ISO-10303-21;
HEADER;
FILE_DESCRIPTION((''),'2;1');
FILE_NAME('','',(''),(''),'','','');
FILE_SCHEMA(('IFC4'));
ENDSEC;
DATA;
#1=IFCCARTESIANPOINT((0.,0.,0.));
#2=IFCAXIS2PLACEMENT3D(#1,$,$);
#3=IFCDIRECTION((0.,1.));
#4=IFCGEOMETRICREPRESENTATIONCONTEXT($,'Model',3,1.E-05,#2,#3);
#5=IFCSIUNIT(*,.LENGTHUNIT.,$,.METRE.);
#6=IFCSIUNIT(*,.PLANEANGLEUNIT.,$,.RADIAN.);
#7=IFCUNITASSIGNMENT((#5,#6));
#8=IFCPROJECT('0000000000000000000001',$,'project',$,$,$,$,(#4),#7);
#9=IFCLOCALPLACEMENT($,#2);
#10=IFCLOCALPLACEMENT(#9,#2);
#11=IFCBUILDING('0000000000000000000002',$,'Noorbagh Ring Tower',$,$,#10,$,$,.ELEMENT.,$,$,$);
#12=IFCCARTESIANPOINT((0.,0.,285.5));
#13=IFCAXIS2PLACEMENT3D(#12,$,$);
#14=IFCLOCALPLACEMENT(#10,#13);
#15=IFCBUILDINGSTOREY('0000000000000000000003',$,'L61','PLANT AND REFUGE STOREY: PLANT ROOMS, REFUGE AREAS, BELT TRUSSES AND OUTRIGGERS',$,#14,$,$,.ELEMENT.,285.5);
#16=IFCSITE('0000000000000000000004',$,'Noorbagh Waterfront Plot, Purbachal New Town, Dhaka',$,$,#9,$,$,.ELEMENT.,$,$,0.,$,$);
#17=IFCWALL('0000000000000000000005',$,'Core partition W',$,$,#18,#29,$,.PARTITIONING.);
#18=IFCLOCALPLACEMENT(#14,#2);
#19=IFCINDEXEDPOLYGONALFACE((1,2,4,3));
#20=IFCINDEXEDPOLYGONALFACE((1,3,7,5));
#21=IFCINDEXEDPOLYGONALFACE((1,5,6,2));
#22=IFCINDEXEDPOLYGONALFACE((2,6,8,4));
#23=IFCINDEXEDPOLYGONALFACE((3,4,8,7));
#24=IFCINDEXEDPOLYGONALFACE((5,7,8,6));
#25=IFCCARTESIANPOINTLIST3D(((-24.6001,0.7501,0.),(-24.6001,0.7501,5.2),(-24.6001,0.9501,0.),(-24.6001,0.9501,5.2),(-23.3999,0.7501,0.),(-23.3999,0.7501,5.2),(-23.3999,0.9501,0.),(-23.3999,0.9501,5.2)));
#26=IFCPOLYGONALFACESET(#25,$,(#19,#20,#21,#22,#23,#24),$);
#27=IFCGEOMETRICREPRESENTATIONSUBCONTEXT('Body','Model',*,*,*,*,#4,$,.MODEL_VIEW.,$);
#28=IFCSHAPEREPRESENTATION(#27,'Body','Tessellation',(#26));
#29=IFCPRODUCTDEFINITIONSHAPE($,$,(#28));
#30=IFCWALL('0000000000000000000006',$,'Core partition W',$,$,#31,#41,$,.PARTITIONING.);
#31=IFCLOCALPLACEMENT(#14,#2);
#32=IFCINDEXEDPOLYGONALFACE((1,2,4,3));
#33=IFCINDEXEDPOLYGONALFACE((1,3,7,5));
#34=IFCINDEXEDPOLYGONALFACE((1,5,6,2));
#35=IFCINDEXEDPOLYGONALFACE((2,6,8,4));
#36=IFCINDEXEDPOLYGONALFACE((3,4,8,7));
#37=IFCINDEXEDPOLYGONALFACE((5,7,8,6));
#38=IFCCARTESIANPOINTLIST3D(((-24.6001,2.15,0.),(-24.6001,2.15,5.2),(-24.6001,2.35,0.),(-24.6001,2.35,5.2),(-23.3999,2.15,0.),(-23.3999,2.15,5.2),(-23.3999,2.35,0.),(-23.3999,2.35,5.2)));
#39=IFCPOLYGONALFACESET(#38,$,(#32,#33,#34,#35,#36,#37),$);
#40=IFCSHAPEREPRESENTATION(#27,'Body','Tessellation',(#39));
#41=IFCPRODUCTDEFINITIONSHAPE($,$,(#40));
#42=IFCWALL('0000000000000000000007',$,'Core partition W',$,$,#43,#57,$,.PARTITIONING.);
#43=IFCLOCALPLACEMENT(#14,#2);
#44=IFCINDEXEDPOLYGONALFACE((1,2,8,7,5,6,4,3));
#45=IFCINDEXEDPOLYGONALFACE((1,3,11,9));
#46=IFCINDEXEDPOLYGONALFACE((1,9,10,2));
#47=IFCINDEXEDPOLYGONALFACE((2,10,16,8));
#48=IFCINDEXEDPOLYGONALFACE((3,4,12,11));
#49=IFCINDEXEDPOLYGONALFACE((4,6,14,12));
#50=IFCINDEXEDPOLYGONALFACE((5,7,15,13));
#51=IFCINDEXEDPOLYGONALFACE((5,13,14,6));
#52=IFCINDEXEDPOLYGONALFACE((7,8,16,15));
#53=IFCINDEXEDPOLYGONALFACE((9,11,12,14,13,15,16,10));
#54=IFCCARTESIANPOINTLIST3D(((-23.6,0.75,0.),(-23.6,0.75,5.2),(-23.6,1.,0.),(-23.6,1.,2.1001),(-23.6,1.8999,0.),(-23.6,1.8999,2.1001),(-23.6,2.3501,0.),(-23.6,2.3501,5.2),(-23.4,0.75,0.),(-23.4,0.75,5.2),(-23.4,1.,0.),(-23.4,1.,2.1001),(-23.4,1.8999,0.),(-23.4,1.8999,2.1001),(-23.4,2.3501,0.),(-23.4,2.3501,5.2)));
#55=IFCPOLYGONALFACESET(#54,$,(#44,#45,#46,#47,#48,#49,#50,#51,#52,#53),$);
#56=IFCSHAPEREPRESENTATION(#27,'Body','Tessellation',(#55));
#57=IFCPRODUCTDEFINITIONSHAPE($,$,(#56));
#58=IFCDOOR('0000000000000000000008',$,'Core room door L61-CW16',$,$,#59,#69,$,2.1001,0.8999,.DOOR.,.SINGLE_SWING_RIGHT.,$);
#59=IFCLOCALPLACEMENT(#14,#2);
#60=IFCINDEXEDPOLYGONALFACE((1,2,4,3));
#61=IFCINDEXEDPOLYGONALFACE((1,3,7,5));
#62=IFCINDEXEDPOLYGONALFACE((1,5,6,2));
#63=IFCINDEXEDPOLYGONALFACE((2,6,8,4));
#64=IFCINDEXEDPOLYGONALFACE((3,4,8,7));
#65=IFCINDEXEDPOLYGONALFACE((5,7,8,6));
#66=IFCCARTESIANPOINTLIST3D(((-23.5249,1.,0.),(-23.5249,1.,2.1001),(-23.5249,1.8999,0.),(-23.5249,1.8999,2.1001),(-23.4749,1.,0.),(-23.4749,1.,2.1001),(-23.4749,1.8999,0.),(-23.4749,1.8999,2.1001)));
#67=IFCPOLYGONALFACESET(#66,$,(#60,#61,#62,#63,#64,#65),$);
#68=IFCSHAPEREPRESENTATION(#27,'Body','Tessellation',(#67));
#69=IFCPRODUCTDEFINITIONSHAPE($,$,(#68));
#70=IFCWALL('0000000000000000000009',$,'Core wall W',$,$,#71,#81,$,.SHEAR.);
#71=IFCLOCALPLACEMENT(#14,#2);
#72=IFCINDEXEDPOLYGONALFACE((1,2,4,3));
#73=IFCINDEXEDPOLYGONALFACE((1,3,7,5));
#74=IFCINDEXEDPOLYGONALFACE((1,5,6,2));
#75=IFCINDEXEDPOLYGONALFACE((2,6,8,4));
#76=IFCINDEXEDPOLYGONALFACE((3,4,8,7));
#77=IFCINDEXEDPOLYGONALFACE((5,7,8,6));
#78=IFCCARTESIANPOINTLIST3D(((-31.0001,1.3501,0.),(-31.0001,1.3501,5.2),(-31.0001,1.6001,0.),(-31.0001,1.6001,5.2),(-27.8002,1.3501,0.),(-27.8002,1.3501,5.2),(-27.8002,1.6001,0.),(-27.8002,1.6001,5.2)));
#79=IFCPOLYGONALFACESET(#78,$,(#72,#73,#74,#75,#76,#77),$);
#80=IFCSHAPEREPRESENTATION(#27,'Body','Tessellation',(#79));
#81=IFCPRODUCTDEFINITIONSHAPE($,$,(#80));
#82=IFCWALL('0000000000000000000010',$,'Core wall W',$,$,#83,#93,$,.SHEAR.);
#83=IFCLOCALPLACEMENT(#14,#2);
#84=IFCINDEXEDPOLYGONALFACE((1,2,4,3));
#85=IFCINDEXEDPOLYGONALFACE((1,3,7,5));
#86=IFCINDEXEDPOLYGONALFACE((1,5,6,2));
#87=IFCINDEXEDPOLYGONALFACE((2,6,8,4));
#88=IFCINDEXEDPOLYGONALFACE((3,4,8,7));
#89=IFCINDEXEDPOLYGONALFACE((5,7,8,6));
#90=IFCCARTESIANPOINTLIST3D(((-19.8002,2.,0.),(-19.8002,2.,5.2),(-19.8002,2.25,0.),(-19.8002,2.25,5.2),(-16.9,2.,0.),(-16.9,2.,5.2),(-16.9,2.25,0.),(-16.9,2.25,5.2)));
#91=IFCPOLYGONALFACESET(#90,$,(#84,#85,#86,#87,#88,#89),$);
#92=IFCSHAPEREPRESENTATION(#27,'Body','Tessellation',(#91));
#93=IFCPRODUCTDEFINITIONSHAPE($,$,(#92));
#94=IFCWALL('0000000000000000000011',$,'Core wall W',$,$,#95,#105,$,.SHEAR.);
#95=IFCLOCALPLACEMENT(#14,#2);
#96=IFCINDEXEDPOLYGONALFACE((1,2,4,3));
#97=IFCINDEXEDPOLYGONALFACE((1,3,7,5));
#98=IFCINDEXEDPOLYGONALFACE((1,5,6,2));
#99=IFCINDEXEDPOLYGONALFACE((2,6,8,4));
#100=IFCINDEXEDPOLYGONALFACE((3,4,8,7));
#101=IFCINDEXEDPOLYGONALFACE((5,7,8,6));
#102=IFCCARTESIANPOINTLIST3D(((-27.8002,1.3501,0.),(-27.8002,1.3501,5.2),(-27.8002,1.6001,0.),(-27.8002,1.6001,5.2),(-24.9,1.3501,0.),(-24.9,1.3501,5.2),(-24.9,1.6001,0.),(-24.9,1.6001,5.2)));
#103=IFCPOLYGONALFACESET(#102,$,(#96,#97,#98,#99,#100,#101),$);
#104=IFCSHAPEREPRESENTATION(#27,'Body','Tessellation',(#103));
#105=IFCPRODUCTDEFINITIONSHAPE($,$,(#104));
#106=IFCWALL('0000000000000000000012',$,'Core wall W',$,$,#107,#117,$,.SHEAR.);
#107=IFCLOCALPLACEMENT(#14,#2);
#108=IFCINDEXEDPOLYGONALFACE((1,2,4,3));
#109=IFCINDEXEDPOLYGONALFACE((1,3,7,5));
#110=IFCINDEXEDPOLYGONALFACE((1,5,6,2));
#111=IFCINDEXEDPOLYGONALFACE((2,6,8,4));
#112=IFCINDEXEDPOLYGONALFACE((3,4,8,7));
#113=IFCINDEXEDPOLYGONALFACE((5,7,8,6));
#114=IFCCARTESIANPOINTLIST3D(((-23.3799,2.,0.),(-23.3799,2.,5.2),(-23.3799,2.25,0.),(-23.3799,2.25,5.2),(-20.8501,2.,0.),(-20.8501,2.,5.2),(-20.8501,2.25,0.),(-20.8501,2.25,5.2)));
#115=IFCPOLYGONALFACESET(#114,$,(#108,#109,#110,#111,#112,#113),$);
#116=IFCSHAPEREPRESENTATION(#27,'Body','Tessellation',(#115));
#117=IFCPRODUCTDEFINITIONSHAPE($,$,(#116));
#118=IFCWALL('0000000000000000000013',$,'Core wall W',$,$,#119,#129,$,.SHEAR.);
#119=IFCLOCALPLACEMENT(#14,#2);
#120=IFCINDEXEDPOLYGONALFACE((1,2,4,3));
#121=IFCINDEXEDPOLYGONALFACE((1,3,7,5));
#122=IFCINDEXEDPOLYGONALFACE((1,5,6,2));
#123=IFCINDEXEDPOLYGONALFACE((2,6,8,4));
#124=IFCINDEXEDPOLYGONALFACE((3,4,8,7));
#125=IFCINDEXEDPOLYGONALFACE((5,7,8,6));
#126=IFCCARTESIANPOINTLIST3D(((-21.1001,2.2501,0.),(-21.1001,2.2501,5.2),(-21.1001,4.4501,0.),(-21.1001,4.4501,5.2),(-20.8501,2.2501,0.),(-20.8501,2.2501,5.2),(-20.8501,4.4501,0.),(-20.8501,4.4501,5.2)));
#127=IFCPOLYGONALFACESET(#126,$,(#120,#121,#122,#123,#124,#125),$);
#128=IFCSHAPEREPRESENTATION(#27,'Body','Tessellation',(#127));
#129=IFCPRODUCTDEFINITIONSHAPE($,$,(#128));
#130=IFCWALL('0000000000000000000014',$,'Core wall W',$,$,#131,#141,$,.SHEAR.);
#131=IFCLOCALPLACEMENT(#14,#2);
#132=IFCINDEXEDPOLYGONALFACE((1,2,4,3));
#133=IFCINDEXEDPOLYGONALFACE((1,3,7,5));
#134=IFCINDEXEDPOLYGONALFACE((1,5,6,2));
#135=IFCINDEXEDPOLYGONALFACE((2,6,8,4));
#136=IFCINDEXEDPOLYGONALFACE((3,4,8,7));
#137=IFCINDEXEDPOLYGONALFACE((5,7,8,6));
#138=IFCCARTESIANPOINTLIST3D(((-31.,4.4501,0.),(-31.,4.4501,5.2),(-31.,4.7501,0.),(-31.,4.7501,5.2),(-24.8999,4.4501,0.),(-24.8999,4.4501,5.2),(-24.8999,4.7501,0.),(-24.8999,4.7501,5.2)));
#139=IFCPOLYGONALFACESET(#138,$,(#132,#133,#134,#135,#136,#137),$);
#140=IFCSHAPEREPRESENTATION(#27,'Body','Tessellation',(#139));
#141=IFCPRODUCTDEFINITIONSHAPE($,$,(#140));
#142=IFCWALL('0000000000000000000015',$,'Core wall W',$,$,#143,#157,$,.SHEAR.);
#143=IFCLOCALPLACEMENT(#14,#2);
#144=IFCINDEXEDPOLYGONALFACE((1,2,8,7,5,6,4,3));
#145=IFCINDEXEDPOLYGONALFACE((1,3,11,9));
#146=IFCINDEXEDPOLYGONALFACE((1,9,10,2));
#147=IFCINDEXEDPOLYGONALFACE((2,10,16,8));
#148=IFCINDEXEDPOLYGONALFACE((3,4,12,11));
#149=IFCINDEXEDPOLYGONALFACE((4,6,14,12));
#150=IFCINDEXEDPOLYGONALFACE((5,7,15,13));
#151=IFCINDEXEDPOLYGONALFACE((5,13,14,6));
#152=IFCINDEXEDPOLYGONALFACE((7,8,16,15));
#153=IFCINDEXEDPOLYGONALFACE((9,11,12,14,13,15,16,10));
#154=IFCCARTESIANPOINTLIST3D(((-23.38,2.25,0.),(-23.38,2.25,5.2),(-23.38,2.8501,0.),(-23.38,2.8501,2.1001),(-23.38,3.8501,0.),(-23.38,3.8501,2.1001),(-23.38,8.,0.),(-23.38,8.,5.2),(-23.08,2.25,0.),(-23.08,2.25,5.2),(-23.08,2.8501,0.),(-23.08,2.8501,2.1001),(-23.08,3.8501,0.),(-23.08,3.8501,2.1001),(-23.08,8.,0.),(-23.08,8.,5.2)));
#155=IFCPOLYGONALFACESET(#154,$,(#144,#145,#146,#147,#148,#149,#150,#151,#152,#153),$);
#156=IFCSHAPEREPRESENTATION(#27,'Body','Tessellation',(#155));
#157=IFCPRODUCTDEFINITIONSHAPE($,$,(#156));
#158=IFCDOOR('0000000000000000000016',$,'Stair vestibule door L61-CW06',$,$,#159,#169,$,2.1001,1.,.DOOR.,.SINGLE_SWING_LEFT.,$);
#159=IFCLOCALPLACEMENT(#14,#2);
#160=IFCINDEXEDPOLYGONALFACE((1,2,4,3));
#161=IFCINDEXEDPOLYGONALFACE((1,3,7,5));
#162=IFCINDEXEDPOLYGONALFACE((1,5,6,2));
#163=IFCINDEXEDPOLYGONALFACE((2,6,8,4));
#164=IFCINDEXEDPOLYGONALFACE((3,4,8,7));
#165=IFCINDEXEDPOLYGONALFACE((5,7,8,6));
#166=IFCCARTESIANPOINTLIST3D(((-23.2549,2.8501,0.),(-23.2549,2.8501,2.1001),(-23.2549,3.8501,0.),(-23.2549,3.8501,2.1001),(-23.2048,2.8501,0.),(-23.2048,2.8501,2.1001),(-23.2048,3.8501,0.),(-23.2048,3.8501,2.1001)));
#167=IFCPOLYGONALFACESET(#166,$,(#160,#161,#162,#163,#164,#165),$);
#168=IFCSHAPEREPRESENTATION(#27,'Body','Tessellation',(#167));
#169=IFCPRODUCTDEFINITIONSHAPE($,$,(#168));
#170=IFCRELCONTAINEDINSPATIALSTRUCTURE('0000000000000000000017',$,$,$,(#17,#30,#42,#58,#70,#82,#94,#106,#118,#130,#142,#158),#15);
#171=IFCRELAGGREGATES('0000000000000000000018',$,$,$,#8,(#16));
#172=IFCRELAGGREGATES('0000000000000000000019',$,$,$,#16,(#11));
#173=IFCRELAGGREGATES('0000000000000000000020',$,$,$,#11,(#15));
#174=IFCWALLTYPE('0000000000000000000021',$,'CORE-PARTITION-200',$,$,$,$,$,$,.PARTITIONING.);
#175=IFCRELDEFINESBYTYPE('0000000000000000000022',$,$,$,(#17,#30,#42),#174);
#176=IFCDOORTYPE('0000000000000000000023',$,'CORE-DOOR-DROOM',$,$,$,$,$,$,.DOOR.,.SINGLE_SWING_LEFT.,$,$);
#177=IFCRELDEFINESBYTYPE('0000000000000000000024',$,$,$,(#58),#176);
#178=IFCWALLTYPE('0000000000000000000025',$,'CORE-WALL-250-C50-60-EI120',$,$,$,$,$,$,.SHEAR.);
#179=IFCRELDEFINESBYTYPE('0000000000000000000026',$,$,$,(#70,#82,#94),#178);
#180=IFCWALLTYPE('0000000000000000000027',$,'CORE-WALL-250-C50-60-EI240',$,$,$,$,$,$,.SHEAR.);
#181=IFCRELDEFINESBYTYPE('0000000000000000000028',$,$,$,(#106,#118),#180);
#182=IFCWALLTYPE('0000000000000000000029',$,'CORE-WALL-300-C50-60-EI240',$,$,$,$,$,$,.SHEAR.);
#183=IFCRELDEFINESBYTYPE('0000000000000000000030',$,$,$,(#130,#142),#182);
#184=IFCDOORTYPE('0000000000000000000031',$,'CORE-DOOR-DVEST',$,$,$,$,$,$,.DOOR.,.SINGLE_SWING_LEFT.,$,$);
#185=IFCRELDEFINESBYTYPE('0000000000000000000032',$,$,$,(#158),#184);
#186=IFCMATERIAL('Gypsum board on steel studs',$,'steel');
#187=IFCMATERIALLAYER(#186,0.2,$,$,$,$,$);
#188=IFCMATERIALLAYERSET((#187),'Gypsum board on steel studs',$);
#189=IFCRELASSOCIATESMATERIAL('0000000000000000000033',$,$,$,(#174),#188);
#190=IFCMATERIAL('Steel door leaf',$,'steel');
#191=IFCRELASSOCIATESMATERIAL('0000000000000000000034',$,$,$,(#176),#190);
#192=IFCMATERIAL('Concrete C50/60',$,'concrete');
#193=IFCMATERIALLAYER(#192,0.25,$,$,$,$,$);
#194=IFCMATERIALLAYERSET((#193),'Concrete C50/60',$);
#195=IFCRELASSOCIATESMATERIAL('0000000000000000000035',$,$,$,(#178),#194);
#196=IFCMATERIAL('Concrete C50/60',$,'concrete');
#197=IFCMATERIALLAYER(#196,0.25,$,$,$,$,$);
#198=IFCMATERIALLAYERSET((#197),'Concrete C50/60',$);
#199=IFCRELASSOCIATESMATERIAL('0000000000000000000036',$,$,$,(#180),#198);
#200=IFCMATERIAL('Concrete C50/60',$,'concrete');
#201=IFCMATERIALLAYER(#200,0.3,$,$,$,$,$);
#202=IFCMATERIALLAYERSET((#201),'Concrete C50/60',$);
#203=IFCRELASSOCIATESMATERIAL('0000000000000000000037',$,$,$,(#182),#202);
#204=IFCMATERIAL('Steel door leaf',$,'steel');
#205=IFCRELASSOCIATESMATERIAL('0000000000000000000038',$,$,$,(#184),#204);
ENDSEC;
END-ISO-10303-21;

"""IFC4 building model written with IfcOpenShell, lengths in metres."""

from ifc_helpers import new_model, si_unit, direction, frame, frame_2d, origin, place, context, subcontext, project, spatial, rectangle, extrude, material, layer, layer_set, type_object, element, fill, save


model = new_model("IFC4")

# Units and contexts
model_context = context("Model", 3, precision=1e-05, world=origin(), true_north=direction((0.0, 1.0)))
body_context = subcontext(model_context, "Body", "Model", "MODEL_VIEW")
ifc_project = project(units=[si_unit("LENGTHUNIT", "METRE"), si_unit("PLANEANGLEUNIT", "RADIAN")], contexts=[model_context])

# Site, building, storey
site_placement = place(None, origin())
site = spatial("IfcSite", under=ifc_project, at=site_placement, Name="Noorbagh Waterfront Plot, Purbachal New Town, Dhaka", CompositionType="ELEMENT", RefElevation=0.0)
building_placement = place(site_placement, origin())
building = spatial("IfcBuilding", under=site, at=building_placement, Name="Noorbagh Ring Tower", CompositionType="ELEMENT")
storey_placement = place(building_placement, frame((0.0, 0.0, 285.5)))
storey = spatial("IfcBuildingStorey", under=building, at=storey_placement, Name="L61", Description="PLANT AND REFUGE STOREY: PLANT ROOMS, REFUGE AREAS, BELT TRUSSES AND OUTRIGGERS", CompositionType="ELEMENT", Elevation=285.5)

# Walls
ifc_material_1 = material(Name="Gypsum board on steel studs", Category="steel")
ifc_layer_1 = layer(ifc_material_1, 0.2)
ifc_layer_set_1 = layer_set([ifc_layer_1], Name="Gypsum board on steel studs")
wall_type_1 = type_object("IfcWallType", Name="CORE-PARTITION-200", PredefinedType="PARTITIONING", material=ifc_layer_set_1)
for number, where, z_axis, x_axis, name in (
    (1, (-23.3999, 0.8501, 0.0), (0.0, 0.0, 1.0), (-1.0, 0.0, 0.0), "Core partition W"),
    (2, (-23.3999, 2.25, 0.0), (0.0, 0.0, 1.0), (-1.0, 0.0, 0.0), "Core partition W"),
):
    element("IfcWall", number, at=place(storey_placement, frame(where, z_axis=z_axis, x_axis=x_axis)), inside=storey, type_object=wall_type_1, Name=name, PredefinedType="PARTITIONING", context=body_context, shape_type="SweptSolid", body=[
        extrude(rectangle(XDim=1.2002, YDim=0.2, at=frame_2d((0.6001, 0.0))), origin(), (0.0, 0.0, 1.0), 5.2),
    ])

# Wall, opening, door
wall_1_placement = place(storey_placement, frame((-23.5, 0.75, 0.0), z_axis=(0.0, 0.0, 1.0), x_axis=(0.0, 1.0, 0.0)))
wall_1 = element("IfcWall", 3, at=wall_1_placement, inside=storey, type_object=wall_type_1, Name="Core partition W", PredefinedType="PARTITIONING", context=body_context, shape_type="SweptSolid", body=[
    extrude(rectangle(XDim=1.6001, YDim=0.2, at=frame_2d((0.8, 0.0))), origin(), (0.0, 0.0, 1.0), 5.2),
])
opening_1_placement = place(wall_1_placement, frame((0.25, 0.0, 0.0)))
opening_1 = element("IfcOpeningElement", 4, at=opening_1_placement, cuts=wall_1, PredefinedType="OPENING", context=body_context, shape_type="SweptSolid", body=[
    extrude(rectangle(XDim=0.8999, YDim=2.1001, at=frame_2d((0.45, 1.05))), frame((0.0, 0.1099, 0.0), z_axis=(0.0, -1.0, 0.0), x_axis=(1.0, 0.0, 0.0)), (0.0, 0.0, 1.0), 0.22),
])
ifc_material_2 = material(Name="Steel door leaf", Category="steel")
door_type_1 = type_object("IfcDoorType", Name="CORE-DOOR-DROOM", OperationType="SINGLE_SWING_LEFT", PredefinedType="DOOR", material=ifc_material_2)
door_1_placement = place(opening_1_placement, origin())
door_1 = element("IfcDoor", 5, at=door_1_placement, inside=storey, type_object=door_type_1, Name="Core room door L61-CW16", OperationType="SINGLE_SWING_RIGHT", OverallHeight=2.1001, OverallWidth=0.8999, PredefinedType="DOOR", context=body_context, shape_type="SweptSolid", body=[
    extrude(rectangle(XDim=0.8999, YDim=2.1001, at=frame_2d((0.45, 1.05))), frame((0.0, 0.0249, 0.0), z_axis=(0.0, -1.0, 0.0), x_axis=(1.0, 0.0, 0.0)), (0.0, 0.0, 1.0), 0.05),
])
fill(opening_1, door_1)

# Walls
ifc_material_3 = material(Name="Concrete C50/60", Category="concrete")
ifc_layer_2 = layer(ifc_material_3, 0.25)
ifc_layer_set_2 = layer_set([ifc_layer_2], Name="Concrete C50/60")
wall_type_2 = type_object("IfcWallType", Name="CORE-WALL-250-C50-60-EI120", PredefinedType="SHEAR", material=ifc_layer_set_2)
wall_2_placement = place(storey_placement, frame((-27.8, 1.4751, 0.0), z_axis=(0.0, 0.0, 1.0), x_axis=(-1.0, 0.0, 0.0)))
element("IfcWall", 6, at=wall_2_placement, inside=storey, type_object=wall_type_2, Name="Core wall W", PredefinedType="SHEAR", context=body_context, shape_type="SweptSolid", body=[
    extrude(rectangle(XDim=3.2, YDim=0.25, at=frame_2d((1.6001, 0.0))), origin(), (0.0, 0.0, 1.0), 5.2),
])
for number, where, z_axis, x_axis, name in (
    (7, (-16.8999, 2.125, 0.0), (0.0, 0.0, 1.0), (-1.0, 0.0, 0.0), "Core wall W"),
    (8, (-24.8999, 1.4751, 0.0), (0.0, 0.0, 1.0), (-1.0, 0.0, 0.0), "Core wall W"),
):
    element("IfcWall", number, at=place(storey_placement, frame(where, z_axis=z_axis, x_axis=x_axis)), inside=storey, type_object=wall_type_2, Name=name, PredefinedType="SHEAR", context=body_context, shape_type="SweptSolid", body=[
        extrude(rectangle(XDim=2.9001, YDim=0.25, at=frame_2d((1.4502, 0.0))), origin(), (0.0, 0.0, 1.0), 5.2),
    ])
ifc_material_4 = material(Name="Concrete C50/60", Category="concrete")
ifc_layer_3 = layer(ifc_material_4, 0.25)
ifc_layer_set_3 = layer_set([ifc_layer_3], Name="Concrete C50/60")
wall_type_3 = type_object("IfcWallType", Name="CORE-WALL-250-C50-60-EI240", PredefinedType="SHEAR", material=ifc_layer_set_3)
wall_3_placement = place(storey_placement, frame((-20.8501, 2.125, 0.0), z_axis=(0.0, 0.0, 1.0), x_axis=(-1.0, 0.0, 0.0)))
element("IfcWall", 9, at=wall_3_placement, inside=storey, type_object=wall_type_3, Name="Core wall W", PredefinedType="SHEAR", context=body_context, shape_type="SweptSolid", body=[
    extrude(rectangle(XDim=2.5298, YDim=0.25, at=frame_2d((1.2649, 0.0))), origin(), (0.0, 0.0, 1.0), 5.2),
])
wall_4_placement = place(storey_placement, frame((-20.9751, 2.25, 0.0), z_axis=(0.0, 0.0, 1.0), x_axis=(0.0, 1.0, 0.0)))
element("IfcWall", 10, at=wall_4_placement, inside=storey, type_object=wall_type_3, Name="Core wall W", PredefinedType="SHEAR", context=body_context, shape_type="SweptSolid", body=[
    extrude(rectangle(XDim=2.2, YDim=0.25, at=frame_2d((1.1001, 0.0))), origin(), (0.0, 0.0, 1.0), 5.2),
])
ifc_material_5 = material(Name="Concrete C50/60", Category="concrete")
ifc_layer_4 = layer(ifc_material_5, 0.3)
ifc_layer_set_4 = layer_set([ifc_layer_4], Name="Concrete C50/60")
wall_type_4 = type_object("IfcWallType", Name="CORE-WALL-300-C50-60-EI240", PredefinedType="SHEAR", material=ifc_layer_set_4)
wall_5_placement = place(storey_placement, frame((-24.8999, 4.6001, 0.0), z_axis=(0.0, 0.0, 1.0), x_axis=(-1.0, 0.0, 0.0)))
element("IfcWall", 11, at=wall_5_placement, inside=storey, type_object=wall_type_4, Name="Core wall W", PredefinedType="SHEAR", context=body_context, shape_type="SweptSolid", body=[
    extrude(rectangle(XDim=6.1001, YDim=0.3, at=frame_2d((3.05, 0.0))), origin(), (0.0, 0.0, 1.0), 5.2),
])

# Wall, opening, door
wall_6_placement = place(storey_placement, frame((-23.23, 2.25, 0.0), z_axis=(0.0, 0.0, 1.0), x_axis=(0.0, 1.0, 0.0)))
wall_6 = element("IfcWall", 12, at=wall_6_placement, inside=storey, type_object=wall_type_4, Name="Core wall W", PredefinedType="SHEAR", context=body_context, shape_type="SweptSolid", body=[
    extrude(rectangle(XDim=5.75, YDim=0.3, at=frame_2d((2.875, 0.0))), origin(), (0.0, 0.0, 1.0), 5.2),
])
opening_2_placement = place(wall_6_placement, frame((0.6001, 0.0, 0.0)))
opening_2 = element("IfcOpeningElement", 13, at=opening_2_placement, cuts=wall_6, PredefinedType="OPENING", context=body_context, shape_type="SweptSolid", body=[
    extrude(rectangle(XDim=1.0, YDim=2.1001, at=frame_2d((0.5, 1.05))), frame((0.0, 0.1602, 0.0), z_axis=(0.0, -1.0, 0.0), x_axis=(1.0, 0.0, 0.0)), (0.0, 0.0, 1.0), 0.3201),
])
ifc_material_6 = material(Name="Steel door leaf", Category="steel")
door_type_2 = type_object("IfcDoorType", Name="CORE-DOOR-DVEST", OperationType="SINGLE_SWING_LEFT", PredefinedType="DOOR", material=ifc_material_6)
door_2_placement = place(opening_2_placement, origin())
door_2 = element("IfcDoor", 14, at=door_2_placement, inside=storey, type_object=door_type_2, Name="Stair vestibule door L61-CW06", OperationType="SINGLE_SWING_LEFT", OverallHeight=2.1001, OverallWidth=1.0, PredefinedType="DOOR", context=body_context, shape_type="SweptSolid", body=[
    extrude(rectangle(XDim=1.0, YDim=2.1001, at=frame_2d((0.5, 1.05))), frame((0.0, 0.0249, 0.0), z_axis=(0.0, -1.0, 0.0), x_axis=(1.0, 0.0, 0.0)), (0.0, 0.0, 1.0), 0.05),
])
fill(opening_2, door_2)

save(model, "model.ifc")
